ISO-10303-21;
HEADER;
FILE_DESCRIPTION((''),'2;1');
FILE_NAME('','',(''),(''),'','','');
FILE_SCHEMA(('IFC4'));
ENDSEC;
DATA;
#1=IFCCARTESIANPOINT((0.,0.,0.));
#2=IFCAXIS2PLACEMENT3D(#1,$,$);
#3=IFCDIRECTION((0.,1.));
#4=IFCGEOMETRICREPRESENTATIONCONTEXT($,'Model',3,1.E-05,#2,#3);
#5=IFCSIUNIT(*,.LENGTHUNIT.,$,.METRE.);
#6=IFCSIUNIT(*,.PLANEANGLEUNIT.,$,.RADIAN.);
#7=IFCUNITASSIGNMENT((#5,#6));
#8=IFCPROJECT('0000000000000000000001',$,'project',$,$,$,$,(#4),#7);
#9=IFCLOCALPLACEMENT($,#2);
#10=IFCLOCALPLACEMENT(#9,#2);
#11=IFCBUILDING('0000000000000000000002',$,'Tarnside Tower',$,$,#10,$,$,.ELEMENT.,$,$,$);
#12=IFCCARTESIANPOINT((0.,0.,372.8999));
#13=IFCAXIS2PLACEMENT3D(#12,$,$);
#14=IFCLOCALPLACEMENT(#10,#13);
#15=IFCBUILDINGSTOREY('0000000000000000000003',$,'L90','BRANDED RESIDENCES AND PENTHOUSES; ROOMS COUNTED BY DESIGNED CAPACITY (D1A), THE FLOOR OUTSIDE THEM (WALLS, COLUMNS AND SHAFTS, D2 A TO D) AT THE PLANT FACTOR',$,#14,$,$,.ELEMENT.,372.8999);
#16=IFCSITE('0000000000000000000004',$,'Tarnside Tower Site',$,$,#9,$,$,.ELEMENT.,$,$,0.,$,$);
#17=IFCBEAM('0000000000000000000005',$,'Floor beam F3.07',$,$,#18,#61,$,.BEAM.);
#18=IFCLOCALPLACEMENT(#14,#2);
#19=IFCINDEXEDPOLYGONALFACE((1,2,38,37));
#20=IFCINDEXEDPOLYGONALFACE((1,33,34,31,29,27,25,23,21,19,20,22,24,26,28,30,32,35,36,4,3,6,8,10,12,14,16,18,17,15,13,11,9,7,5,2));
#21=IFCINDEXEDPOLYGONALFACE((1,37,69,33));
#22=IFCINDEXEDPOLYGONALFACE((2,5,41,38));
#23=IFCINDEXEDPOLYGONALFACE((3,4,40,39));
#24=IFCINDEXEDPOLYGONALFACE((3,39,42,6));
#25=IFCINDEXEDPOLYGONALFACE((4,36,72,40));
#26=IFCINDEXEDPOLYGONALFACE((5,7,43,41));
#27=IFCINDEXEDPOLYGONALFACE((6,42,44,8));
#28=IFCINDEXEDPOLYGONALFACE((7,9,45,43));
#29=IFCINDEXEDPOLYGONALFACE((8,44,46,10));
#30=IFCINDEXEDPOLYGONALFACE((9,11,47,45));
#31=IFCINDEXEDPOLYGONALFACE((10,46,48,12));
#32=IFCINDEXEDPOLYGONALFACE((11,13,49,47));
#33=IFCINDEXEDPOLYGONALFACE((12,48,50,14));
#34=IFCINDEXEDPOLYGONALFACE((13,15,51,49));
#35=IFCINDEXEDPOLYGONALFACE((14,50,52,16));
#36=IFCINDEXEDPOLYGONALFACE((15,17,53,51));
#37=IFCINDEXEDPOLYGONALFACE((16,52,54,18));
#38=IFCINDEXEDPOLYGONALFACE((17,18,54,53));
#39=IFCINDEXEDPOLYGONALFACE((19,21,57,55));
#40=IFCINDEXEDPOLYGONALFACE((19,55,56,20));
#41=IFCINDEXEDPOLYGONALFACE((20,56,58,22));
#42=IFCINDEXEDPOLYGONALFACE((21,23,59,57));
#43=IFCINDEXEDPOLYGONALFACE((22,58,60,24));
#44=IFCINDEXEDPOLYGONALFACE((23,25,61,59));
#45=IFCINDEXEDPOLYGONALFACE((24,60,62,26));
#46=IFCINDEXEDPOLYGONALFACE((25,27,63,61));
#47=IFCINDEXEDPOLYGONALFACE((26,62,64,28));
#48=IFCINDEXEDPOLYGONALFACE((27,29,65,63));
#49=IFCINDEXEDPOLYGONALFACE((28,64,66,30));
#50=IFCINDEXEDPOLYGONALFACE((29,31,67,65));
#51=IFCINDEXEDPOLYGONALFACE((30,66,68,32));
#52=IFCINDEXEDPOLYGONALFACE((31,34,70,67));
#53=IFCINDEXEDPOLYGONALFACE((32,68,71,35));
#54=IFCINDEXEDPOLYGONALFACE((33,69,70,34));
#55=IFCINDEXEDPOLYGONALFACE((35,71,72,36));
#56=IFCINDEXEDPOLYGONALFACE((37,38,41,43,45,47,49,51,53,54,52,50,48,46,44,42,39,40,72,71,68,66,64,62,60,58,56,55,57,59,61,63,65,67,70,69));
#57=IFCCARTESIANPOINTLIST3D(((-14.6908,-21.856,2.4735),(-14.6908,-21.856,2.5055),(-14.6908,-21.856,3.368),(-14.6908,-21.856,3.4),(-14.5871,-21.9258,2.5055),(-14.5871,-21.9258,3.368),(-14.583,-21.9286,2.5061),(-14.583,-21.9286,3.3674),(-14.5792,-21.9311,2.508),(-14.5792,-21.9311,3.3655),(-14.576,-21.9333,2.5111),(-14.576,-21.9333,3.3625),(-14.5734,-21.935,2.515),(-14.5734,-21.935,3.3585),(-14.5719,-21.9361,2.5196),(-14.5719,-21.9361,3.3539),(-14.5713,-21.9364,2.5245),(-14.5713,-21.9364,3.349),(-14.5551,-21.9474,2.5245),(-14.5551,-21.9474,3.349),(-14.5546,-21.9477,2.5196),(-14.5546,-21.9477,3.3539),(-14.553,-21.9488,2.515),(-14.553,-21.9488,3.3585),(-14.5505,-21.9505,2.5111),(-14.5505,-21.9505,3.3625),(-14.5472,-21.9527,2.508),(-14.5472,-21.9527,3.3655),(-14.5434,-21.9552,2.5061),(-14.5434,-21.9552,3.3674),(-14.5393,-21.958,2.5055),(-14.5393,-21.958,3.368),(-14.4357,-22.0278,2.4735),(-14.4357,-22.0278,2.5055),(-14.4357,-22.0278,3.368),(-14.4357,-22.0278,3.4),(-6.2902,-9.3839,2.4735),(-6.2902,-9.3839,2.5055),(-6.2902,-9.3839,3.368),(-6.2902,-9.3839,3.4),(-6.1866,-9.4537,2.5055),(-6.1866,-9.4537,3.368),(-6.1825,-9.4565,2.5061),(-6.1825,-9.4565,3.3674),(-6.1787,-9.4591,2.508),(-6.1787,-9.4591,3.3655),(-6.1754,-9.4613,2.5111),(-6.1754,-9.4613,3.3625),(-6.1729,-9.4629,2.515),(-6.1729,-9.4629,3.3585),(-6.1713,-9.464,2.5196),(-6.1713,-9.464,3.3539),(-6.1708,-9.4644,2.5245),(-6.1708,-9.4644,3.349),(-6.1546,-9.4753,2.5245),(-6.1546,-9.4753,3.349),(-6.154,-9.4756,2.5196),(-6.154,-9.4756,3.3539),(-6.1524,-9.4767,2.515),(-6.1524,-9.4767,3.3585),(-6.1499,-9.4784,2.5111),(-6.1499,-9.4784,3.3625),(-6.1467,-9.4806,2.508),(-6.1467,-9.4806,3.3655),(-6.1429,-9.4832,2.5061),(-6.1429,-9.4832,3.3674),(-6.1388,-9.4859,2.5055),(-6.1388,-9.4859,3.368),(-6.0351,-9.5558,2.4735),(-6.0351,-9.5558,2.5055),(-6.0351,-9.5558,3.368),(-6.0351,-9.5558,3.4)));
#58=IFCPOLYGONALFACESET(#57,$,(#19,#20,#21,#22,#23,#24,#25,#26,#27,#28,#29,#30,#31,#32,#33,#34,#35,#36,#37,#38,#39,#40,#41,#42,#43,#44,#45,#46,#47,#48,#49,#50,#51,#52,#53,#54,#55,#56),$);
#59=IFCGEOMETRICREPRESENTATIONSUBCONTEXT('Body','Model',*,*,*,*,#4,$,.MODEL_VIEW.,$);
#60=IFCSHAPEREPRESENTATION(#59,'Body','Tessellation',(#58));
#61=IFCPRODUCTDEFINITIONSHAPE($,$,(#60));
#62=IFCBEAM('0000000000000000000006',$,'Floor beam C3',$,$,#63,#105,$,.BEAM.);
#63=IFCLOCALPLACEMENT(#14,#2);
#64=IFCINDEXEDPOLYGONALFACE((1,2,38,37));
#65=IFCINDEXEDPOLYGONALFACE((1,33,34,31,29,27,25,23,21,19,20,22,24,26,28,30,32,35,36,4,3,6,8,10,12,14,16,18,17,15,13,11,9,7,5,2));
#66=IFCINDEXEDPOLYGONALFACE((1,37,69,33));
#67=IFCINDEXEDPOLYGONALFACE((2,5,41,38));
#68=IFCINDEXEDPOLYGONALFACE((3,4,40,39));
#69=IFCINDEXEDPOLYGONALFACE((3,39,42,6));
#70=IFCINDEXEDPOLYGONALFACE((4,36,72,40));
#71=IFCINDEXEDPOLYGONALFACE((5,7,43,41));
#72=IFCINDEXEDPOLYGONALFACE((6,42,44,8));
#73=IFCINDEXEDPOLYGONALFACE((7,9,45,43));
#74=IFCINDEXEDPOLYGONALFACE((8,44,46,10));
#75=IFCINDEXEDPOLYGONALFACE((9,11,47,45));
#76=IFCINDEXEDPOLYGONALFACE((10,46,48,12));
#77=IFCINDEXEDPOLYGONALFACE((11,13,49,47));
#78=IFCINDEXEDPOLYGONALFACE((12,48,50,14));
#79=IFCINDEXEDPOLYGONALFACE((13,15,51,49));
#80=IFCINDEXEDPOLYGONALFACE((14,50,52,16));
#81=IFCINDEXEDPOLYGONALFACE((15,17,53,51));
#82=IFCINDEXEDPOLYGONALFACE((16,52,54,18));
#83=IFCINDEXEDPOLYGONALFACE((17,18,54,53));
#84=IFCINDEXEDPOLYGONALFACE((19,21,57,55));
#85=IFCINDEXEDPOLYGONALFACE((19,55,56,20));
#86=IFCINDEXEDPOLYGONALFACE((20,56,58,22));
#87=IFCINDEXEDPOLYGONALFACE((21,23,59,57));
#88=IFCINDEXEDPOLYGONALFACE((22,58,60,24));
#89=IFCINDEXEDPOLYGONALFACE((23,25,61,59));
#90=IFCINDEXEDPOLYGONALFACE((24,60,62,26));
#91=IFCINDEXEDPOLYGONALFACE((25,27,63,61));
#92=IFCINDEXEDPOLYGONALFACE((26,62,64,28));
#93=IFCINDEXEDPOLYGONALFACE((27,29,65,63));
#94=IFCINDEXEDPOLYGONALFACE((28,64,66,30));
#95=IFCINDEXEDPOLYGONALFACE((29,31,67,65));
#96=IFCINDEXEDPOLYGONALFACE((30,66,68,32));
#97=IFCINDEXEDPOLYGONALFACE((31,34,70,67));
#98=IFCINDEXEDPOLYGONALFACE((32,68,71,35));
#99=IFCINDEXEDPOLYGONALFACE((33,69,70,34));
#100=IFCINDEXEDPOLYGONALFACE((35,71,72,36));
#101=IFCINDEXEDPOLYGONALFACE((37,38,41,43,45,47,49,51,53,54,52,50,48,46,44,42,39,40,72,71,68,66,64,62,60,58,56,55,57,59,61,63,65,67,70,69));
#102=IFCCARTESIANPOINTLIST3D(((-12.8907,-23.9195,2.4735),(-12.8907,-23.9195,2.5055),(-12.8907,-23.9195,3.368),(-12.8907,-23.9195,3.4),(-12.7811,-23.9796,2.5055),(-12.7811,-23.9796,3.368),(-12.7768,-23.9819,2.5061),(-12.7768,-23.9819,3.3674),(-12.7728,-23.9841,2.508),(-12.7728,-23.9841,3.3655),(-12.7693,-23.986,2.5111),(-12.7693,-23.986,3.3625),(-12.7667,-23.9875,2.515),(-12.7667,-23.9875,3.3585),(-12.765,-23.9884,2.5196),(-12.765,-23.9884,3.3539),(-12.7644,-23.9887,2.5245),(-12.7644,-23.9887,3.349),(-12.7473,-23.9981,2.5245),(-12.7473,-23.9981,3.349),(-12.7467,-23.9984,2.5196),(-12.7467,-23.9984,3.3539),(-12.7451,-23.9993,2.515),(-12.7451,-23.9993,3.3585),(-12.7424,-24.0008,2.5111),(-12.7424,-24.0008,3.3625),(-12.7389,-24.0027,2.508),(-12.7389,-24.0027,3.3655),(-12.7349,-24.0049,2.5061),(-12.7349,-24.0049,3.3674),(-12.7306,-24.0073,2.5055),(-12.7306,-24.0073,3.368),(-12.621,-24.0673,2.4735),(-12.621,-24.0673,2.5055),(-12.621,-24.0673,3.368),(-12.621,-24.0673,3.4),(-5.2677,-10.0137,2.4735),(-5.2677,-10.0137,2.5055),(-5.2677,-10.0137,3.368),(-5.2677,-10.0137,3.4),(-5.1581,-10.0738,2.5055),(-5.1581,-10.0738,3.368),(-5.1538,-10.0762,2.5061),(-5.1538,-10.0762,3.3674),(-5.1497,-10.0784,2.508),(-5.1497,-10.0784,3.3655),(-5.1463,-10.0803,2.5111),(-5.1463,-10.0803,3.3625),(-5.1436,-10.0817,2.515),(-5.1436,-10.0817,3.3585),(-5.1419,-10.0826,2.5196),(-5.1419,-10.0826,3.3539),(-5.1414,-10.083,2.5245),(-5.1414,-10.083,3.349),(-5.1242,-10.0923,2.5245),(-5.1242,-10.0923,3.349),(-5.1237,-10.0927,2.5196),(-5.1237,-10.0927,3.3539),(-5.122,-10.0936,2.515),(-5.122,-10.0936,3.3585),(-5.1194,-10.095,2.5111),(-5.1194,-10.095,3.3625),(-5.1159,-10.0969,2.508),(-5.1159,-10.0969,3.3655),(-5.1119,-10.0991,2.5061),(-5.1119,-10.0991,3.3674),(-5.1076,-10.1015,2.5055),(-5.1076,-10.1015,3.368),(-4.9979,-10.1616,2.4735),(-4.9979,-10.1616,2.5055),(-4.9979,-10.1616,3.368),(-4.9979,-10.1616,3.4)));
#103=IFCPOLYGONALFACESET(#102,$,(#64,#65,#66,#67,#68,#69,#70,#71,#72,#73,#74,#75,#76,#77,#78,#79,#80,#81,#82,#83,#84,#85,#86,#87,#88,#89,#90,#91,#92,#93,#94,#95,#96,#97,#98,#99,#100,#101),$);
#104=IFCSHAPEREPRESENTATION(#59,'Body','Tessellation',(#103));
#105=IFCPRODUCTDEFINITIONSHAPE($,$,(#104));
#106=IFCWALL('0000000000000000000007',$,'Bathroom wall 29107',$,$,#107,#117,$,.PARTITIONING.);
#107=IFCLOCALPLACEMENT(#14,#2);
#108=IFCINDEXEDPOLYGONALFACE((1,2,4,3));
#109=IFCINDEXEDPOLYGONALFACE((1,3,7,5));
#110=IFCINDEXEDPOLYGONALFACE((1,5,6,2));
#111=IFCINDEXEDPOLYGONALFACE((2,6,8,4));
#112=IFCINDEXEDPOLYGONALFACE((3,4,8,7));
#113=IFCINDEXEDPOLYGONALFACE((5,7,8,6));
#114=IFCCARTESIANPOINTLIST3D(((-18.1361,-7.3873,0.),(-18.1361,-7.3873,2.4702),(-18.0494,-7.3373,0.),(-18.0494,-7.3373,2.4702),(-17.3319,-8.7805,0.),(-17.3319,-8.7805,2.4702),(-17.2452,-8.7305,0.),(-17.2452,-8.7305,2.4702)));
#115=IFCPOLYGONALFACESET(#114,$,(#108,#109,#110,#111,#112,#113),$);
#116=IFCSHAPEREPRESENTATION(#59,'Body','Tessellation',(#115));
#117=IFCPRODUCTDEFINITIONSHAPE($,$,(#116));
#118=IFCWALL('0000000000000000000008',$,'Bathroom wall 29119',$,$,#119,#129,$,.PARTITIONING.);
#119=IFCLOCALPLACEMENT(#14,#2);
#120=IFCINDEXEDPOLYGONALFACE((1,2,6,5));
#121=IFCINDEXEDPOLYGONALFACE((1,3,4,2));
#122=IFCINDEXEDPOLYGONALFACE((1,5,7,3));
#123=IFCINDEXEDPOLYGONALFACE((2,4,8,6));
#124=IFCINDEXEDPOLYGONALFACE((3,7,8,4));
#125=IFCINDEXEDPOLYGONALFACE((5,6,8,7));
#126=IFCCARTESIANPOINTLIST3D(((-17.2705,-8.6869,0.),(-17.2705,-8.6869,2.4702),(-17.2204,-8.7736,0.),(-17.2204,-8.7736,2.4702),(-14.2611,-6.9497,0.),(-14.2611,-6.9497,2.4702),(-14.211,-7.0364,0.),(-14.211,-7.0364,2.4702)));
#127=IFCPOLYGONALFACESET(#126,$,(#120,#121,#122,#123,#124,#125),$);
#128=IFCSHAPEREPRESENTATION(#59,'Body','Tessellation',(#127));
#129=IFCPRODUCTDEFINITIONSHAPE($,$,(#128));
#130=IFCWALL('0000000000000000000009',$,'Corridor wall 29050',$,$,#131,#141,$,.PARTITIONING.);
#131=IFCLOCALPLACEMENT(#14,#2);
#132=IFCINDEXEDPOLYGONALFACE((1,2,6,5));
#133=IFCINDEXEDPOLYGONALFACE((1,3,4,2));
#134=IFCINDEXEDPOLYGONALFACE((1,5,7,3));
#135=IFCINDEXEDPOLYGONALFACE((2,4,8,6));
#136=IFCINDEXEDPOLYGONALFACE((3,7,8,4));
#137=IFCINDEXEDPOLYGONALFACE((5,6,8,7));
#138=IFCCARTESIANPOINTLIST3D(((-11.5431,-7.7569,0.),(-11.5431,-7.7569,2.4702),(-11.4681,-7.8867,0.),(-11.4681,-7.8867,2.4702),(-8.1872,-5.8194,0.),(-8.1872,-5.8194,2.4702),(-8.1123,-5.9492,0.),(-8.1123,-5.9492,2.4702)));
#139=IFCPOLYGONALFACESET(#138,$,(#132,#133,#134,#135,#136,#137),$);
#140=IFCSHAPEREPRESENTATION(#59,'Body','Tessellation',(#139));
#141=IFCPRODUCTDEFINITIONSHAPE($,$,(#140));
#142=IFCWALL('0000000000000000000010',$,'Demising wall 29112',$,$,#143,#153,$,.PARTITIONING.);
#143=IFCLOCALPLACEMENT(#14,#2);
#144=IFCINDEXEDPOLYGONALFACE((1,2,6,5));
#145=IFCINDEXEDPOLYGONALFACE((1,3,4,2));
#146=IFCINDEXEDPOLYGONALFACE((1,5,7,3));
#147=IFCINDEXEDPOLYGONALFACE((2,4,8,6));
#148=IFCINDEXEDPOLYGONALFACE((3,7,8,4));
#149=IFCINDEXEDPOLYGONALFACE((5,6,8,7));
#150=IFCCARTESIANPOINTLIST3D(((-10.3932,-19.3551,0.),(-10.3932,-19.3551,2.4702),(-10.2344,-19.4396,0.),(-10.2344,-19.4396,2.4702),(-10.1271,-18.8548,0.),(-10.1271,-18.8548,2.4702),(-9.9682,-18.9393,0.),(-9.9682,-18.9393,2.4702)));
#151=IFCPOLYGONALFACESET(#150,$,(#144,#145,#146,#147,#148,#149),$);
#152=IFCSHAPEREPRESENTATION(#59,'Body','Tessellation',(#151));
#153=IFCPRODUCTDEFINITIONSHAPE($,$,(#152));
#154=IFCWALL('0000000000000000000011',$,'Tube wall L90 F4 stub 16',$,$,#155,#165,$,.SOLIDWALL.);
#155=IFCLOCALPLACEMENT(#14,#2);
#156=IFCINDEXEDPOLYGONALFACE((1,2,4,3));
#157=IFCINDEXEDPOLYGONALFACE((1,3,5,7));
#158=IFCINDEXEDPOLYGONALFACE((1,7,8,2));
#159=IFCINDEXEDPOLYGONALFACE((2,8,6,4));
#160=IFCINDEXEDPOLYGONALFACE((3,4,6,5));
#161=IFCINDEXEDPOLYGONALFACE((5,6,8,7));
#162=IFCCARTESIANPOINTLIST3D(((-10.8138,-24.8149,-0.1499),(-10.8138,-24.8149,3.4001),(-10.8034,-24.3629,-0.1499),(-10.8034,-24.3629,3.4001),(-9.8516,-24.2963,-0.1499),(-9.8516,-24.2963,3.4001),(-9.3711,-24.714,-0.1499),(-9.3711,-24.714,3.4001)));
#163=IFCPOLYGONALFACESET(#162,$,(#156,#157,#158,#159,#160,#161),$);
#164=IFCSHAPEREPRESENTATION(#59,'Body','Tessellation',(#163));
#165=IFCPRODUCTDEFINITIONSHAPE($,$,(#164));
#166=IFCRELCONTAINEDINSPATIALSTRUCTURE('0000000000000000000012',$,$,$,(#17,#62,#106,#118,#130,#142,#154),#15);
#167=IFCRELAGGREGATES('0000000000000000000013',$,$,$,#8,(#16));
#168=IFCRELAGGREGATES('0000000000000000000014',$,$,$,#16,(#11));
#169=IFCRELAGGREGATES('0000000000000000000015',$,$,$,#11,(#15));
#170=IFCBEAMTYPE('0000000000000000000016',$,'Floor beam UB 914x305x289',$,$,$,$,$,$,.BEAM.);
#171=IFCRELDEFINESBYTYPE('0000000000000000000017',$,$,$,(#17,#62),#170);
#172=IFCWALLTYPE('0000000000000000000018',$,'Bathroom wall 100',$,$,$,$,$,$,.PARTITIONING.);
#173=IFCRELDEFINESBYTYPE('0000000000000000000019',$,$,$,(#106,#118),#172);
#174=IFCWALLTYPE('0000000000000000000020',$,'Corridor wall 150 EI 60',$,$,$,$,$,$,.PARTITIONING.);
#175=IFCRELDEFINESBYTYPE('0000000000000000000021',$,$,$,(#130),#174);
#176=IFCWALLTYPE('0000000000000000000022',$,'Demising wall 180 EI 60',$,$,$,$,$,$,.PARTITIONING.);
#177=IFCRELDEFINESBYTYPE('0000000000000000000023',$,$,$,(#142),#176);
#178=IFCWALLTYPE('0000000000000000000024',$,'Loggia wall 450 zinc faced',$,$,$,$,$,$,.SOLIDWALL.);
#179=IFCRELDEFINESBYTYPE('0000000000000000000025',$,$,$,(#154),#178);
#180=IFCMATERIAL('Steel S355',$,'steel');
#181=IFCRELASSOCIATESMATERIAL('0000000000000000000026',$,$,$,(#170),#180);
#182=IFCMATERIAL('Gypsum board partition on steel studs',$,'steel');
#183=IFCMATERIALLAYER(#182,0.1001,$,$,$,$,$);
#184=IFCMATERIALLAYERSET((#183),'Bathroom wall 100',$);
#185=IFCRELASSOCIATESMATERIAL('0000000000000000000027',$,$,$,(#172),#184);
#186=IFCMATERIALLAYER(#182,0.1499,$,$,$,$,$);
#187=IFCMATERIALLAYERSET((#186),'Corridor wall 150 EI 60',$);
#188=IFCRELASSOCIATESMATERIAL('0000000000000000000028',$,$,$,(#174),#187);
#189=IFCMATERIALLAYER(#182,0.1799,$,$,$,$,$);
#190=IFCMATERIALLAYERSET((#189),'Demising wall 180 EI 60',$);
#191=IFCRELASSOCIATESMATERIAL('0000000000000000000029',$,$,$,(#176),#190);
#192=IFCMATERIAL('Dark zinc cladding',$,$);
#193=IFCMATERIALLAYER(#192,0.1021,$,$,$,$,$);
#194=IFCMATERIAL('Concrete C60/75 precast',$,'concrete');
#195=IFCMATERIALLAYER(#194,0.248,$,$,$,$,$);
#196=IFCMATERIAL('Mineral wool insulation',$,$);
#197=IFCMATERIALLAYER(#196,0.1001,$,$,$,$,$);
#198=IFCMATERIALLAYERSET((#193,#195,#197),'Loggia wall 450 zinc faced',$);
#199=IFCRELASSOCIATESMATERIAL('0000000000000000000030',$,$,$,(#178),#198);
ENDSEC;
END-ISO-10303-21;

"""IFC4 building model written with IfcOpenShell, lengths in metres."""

from ifc_helpers import new_model, si_unit, direction, frame, frame_2d, origin, origin_2d, place, context, subcontext, project, spatial, polyline, rectangle, i_section, outline, extrude, material, layer, layer_set, material_profile, profile_set, type_object, element, save


model = new_model("IFC4")

# Units and contexts
model_context = context("Model", 3, precision=1e-05, world=origin(), true_north=direction((0.0, 1.0)))
body_context = subcontext(model_context, "Body", "Model", "MODEL_VIEW")
ifc_project = project(units=[si_unit("LENGTHUNIT", "METRE"), si_unit("PLANEANGLEUNIT", "RADIAN")], contexts=[model_context])

# Site, building, storey
site_placement = place(None, origin())
site = spatial("IfcSite", under=ifc_project, at=site_placement, Name="Tarnside Tower Site", CompositionType="ELEMENT", RefElevation=0.0)
building_placement = place(site_placement, origin())
building = spatial("IfcBuilding", under=site, at=building_placement, Name="Tarnside Tower", CompositionType="ELEMENT")
storey_placement = place(building_placement, frame((0.0, 0.0, 372.8999)))
storey = spatial("IfcBuildingStorey", under=building, at=storey_placement, Name="L90", Description="BRANDED RESIDENCES AND PENTHOUSES; ROOMS COUNTED BY DESIGNED CAPACITY (D1A), THE FLOOR OUTSIDE THEM (WALLS, COLUMNS AND SHAFTS, D2 A TO D) AT THE PLANT FACTOR", CompositionType="ELEMENT", Elevation=372.8999)

# Beams
ifc_material_1 = material(Name="Steel S355", Category="steel")
ifc_material_profile = material_profile(ifc_material_1, i_section(OverallWidth=0.3076, OverallDepth=0.9265, WebThickness=0.0195, FlangeThickness=0.032, FilletRadius=0.019, at=origin_2d()), Name="UB 914x305x289")
ifc_profile_set = profile_set([ifc_material_profile], Name="Steel S355")
beam_type = type_object("IfcBeamType", Name="Floor beam UB 914x305x289", PredefinedType="BEAM", material=ifc_profile_set)
beam_1_placement = place(storey_placement, frame((-14.5632, -21.9419, 2.9368), z_axis=(0.558647, 0.829406, 0.0), x_axis=(-0.829406, 0.558647, 0.0)))
element("IfcBeam", 1, at=beam_1_placement, inside=storey, type_object=beam_type, Name="Floor beam F3.07", PredefinedType="BEAM", context=body_context, shape_type="SweptSolid", body=[
    extrude(i_section(OverallWidth=0.3076, OverallDepth=0.9265, WebThickness=0.0195, FlangeThickness=0.032, FilletRadius=0.019, at=origin_2d()), origin(), (0.0, 0.0, 1.0), 15.0374),
])
beam_2_placement = place(storey_placement, frame((-12.7559, -23.9934, 2.9368), z_axis=(0.480702, 0.876884, 0.0), x_axis=(-0.876884, 0.480702, 0.0)))
element("IfcBeam", 2, at=beam_2_placement, inside=storey, type_object=beam_type, Name="Floor beam C3", PredefinedType="BEAM", context=body_context, shape_type="SweptSolid", body=[
    extrude(i_section(OverallWidth=0.3076, OverallDepth=0.9265, WebThickness=0.0195, FlangeThickness=0.032, FilletRadius=0.019, at=origin_2d()), origin(), (0.0, 0.0, 1.0), 15.8582),
])

# Walls
ifc_material_2 = material(Name="Gypsum board partition on steel studs", Category="steel")
ifc_layer_1 = layer(ifc_material_2, 0.1001)
ifc_layer_set_1 = layer_set([ifc_layer_1], Name="Bathroom wall 100")
wall_type_1 = type_object("IfcWallType", Name="Bathroom wall 100", PredefinedType="PARTITIONING", material=ifc_layer_set_1)
wall_1_placement = place(storey_placement, frame((-17.2886, -8.7554, 0.0), z_axis=(0.0, 0.0, 1.0), x_axis=(-0.499959, 0.866049, 0.0)))
element("IfcWall", 3, at=wall_1_placement, inside=storey, type_object=wall_type_1, Name="Bathroom wall 29107", PredefinedType="PARTITIONING", context=body_context, shape_type="SweptSolid", body=[
    extrude(rectangle(XDim=1.6086, YDim=0.1001, at=frame_2d((0.8042, 0.0))), origin(), (0.0, 0.0, 1.0), 2.4702),
])
wall_2_placement = place(storey_placement, frame((-17.2454, -8.7302, 0.0), z_axis=(0.0, 0.0, 1.0), x_axis=(0.866056, 0.499947, 0.0)))
element("IfcWall", 4, at=wall_2_placement, inside=storey, type_object=wall_type_1, Name="Bathroom wall 29119", PredefinedType="PARTITIONING", context=body_context, shape_type="SweptSolid", body=[
    extrude(rectangle(XDim=3.4749, YDim=0.1001, at=frame_2d((1.7373, 0.0))), origin(), (0.0, 0.0, 1.0), 2.4702),
])
ifc_layer_2 = layer(ifc_material_2, 0.1499)
ifc_layer_set_2 = layer_set([ifc_layer_2], Name="Corridor wall 150 EI 60")
wall_type_2 = type_object("IfcWallType", Name="Corridor wall 150 EI 60", PredefinedType="PARTITIONING", material=ifc_layer_set_2)
wall_3_placement = place(storey_placement, frame((-11.5056, -7.8218, 0.0), z_axis=(0.0, 0.0, 1.0), x_axis=(0.866032, 0.499988, 0.0)))
element("IfcWall", 5, at=wall_3_placement, inside=storey, type_object=wall_type_2, Name="Corridor wall 29050", PredefinedType="PARTITIONING", context=body_context, shape_type="SweptSolid", body=[
    extrude(rectangle(XDim=3.875, YDim=0.1499, at=frame_2d((1.9375, 0.0))), origin(), (0.0, 0.0, 1.0), 2.4702),
])
ifc_layer_3 = layer(ifc_material_2, 0.1799)
ifc_layer_set_3 = layer_set([ifc_layer_3], Name="Demising wall 180 EI 60")
wall_type_3 = type_object("IfcWallType", Name="Demising wall 180 EI 60", PredefinedType="PARTITIONING", material=ifc_layer_set_3)
wall_4_placement = place(storey_placement, frame((-10.3137, -19.3972, 0.0), z_axis=(0.0, 0.0, 1.0), x_axis=(0.469649, 0.882853, 0.0)))
element("IfcWall", 6, at=wall_4_placement, inside=storey, type_object=wall_type_3, Name="Demising wall 29112", PredefinedType="PARTITIONING", context=body_context, shape_type="SweptSolid", body=[
    extrude(rectangle(XDim=0.5667, YDim=0.1799, at=frame_2d((0.2832, 0.0))), origin(), (0.0, 0.0, 1.0), 2.4702),
])
ifc_material_3 = material(Name="Dark zinc cladding")
ifc_layer_4 = layer(ifc_material_3, 0.1021)
ifc_material_4 = material(Name="Concrete C60/75 precast", Category="concrete")
ifc_layer_5 = layer(ifc_material_4, 0.248)
ifc_material_5 = material(Name="Mineral wool insulation")
ifc_layer_6 = layer(ifc_material_5, 0.1001)
ifc_layer_set_4 = layer_set([ifc_layer_4, ifc_layer_5, ifc_layer_6], Name="Loggia wall 450 zinc faced")
wall_type_4 = type_object("IfcWallType", Name="Loggia wall 450 zinc faced", PredefinedType="SOLIDWALL", material=ifc_layer_set_4)
wall_5_placement = place(storey_placement, frame((-10.8086, -24.5889, -0.1499), z_axis=(0.0, 0.0, 1.0), x_axis=(0.997563, 0.069772, 0.0)))
element("IfcWall", 7, at=wall_5_placement, inside=storey, type_object=wall_type_4, Name="Tube wall L90 F4 stub 16", PredefinedType="SOLIDWALL", context=body_context, shape_type="SweptSolid", body=[
    extrude(outline(polyline([(-0.021, -0.2251), (1.4253, -0.2251), (0.9751, 0.2251), (0.021, 0.2251), (-0.021, -0.2251)])), origin(), (0.0, 0.0, 1.0), 3.55),
])

save(model, "model.ifc")
